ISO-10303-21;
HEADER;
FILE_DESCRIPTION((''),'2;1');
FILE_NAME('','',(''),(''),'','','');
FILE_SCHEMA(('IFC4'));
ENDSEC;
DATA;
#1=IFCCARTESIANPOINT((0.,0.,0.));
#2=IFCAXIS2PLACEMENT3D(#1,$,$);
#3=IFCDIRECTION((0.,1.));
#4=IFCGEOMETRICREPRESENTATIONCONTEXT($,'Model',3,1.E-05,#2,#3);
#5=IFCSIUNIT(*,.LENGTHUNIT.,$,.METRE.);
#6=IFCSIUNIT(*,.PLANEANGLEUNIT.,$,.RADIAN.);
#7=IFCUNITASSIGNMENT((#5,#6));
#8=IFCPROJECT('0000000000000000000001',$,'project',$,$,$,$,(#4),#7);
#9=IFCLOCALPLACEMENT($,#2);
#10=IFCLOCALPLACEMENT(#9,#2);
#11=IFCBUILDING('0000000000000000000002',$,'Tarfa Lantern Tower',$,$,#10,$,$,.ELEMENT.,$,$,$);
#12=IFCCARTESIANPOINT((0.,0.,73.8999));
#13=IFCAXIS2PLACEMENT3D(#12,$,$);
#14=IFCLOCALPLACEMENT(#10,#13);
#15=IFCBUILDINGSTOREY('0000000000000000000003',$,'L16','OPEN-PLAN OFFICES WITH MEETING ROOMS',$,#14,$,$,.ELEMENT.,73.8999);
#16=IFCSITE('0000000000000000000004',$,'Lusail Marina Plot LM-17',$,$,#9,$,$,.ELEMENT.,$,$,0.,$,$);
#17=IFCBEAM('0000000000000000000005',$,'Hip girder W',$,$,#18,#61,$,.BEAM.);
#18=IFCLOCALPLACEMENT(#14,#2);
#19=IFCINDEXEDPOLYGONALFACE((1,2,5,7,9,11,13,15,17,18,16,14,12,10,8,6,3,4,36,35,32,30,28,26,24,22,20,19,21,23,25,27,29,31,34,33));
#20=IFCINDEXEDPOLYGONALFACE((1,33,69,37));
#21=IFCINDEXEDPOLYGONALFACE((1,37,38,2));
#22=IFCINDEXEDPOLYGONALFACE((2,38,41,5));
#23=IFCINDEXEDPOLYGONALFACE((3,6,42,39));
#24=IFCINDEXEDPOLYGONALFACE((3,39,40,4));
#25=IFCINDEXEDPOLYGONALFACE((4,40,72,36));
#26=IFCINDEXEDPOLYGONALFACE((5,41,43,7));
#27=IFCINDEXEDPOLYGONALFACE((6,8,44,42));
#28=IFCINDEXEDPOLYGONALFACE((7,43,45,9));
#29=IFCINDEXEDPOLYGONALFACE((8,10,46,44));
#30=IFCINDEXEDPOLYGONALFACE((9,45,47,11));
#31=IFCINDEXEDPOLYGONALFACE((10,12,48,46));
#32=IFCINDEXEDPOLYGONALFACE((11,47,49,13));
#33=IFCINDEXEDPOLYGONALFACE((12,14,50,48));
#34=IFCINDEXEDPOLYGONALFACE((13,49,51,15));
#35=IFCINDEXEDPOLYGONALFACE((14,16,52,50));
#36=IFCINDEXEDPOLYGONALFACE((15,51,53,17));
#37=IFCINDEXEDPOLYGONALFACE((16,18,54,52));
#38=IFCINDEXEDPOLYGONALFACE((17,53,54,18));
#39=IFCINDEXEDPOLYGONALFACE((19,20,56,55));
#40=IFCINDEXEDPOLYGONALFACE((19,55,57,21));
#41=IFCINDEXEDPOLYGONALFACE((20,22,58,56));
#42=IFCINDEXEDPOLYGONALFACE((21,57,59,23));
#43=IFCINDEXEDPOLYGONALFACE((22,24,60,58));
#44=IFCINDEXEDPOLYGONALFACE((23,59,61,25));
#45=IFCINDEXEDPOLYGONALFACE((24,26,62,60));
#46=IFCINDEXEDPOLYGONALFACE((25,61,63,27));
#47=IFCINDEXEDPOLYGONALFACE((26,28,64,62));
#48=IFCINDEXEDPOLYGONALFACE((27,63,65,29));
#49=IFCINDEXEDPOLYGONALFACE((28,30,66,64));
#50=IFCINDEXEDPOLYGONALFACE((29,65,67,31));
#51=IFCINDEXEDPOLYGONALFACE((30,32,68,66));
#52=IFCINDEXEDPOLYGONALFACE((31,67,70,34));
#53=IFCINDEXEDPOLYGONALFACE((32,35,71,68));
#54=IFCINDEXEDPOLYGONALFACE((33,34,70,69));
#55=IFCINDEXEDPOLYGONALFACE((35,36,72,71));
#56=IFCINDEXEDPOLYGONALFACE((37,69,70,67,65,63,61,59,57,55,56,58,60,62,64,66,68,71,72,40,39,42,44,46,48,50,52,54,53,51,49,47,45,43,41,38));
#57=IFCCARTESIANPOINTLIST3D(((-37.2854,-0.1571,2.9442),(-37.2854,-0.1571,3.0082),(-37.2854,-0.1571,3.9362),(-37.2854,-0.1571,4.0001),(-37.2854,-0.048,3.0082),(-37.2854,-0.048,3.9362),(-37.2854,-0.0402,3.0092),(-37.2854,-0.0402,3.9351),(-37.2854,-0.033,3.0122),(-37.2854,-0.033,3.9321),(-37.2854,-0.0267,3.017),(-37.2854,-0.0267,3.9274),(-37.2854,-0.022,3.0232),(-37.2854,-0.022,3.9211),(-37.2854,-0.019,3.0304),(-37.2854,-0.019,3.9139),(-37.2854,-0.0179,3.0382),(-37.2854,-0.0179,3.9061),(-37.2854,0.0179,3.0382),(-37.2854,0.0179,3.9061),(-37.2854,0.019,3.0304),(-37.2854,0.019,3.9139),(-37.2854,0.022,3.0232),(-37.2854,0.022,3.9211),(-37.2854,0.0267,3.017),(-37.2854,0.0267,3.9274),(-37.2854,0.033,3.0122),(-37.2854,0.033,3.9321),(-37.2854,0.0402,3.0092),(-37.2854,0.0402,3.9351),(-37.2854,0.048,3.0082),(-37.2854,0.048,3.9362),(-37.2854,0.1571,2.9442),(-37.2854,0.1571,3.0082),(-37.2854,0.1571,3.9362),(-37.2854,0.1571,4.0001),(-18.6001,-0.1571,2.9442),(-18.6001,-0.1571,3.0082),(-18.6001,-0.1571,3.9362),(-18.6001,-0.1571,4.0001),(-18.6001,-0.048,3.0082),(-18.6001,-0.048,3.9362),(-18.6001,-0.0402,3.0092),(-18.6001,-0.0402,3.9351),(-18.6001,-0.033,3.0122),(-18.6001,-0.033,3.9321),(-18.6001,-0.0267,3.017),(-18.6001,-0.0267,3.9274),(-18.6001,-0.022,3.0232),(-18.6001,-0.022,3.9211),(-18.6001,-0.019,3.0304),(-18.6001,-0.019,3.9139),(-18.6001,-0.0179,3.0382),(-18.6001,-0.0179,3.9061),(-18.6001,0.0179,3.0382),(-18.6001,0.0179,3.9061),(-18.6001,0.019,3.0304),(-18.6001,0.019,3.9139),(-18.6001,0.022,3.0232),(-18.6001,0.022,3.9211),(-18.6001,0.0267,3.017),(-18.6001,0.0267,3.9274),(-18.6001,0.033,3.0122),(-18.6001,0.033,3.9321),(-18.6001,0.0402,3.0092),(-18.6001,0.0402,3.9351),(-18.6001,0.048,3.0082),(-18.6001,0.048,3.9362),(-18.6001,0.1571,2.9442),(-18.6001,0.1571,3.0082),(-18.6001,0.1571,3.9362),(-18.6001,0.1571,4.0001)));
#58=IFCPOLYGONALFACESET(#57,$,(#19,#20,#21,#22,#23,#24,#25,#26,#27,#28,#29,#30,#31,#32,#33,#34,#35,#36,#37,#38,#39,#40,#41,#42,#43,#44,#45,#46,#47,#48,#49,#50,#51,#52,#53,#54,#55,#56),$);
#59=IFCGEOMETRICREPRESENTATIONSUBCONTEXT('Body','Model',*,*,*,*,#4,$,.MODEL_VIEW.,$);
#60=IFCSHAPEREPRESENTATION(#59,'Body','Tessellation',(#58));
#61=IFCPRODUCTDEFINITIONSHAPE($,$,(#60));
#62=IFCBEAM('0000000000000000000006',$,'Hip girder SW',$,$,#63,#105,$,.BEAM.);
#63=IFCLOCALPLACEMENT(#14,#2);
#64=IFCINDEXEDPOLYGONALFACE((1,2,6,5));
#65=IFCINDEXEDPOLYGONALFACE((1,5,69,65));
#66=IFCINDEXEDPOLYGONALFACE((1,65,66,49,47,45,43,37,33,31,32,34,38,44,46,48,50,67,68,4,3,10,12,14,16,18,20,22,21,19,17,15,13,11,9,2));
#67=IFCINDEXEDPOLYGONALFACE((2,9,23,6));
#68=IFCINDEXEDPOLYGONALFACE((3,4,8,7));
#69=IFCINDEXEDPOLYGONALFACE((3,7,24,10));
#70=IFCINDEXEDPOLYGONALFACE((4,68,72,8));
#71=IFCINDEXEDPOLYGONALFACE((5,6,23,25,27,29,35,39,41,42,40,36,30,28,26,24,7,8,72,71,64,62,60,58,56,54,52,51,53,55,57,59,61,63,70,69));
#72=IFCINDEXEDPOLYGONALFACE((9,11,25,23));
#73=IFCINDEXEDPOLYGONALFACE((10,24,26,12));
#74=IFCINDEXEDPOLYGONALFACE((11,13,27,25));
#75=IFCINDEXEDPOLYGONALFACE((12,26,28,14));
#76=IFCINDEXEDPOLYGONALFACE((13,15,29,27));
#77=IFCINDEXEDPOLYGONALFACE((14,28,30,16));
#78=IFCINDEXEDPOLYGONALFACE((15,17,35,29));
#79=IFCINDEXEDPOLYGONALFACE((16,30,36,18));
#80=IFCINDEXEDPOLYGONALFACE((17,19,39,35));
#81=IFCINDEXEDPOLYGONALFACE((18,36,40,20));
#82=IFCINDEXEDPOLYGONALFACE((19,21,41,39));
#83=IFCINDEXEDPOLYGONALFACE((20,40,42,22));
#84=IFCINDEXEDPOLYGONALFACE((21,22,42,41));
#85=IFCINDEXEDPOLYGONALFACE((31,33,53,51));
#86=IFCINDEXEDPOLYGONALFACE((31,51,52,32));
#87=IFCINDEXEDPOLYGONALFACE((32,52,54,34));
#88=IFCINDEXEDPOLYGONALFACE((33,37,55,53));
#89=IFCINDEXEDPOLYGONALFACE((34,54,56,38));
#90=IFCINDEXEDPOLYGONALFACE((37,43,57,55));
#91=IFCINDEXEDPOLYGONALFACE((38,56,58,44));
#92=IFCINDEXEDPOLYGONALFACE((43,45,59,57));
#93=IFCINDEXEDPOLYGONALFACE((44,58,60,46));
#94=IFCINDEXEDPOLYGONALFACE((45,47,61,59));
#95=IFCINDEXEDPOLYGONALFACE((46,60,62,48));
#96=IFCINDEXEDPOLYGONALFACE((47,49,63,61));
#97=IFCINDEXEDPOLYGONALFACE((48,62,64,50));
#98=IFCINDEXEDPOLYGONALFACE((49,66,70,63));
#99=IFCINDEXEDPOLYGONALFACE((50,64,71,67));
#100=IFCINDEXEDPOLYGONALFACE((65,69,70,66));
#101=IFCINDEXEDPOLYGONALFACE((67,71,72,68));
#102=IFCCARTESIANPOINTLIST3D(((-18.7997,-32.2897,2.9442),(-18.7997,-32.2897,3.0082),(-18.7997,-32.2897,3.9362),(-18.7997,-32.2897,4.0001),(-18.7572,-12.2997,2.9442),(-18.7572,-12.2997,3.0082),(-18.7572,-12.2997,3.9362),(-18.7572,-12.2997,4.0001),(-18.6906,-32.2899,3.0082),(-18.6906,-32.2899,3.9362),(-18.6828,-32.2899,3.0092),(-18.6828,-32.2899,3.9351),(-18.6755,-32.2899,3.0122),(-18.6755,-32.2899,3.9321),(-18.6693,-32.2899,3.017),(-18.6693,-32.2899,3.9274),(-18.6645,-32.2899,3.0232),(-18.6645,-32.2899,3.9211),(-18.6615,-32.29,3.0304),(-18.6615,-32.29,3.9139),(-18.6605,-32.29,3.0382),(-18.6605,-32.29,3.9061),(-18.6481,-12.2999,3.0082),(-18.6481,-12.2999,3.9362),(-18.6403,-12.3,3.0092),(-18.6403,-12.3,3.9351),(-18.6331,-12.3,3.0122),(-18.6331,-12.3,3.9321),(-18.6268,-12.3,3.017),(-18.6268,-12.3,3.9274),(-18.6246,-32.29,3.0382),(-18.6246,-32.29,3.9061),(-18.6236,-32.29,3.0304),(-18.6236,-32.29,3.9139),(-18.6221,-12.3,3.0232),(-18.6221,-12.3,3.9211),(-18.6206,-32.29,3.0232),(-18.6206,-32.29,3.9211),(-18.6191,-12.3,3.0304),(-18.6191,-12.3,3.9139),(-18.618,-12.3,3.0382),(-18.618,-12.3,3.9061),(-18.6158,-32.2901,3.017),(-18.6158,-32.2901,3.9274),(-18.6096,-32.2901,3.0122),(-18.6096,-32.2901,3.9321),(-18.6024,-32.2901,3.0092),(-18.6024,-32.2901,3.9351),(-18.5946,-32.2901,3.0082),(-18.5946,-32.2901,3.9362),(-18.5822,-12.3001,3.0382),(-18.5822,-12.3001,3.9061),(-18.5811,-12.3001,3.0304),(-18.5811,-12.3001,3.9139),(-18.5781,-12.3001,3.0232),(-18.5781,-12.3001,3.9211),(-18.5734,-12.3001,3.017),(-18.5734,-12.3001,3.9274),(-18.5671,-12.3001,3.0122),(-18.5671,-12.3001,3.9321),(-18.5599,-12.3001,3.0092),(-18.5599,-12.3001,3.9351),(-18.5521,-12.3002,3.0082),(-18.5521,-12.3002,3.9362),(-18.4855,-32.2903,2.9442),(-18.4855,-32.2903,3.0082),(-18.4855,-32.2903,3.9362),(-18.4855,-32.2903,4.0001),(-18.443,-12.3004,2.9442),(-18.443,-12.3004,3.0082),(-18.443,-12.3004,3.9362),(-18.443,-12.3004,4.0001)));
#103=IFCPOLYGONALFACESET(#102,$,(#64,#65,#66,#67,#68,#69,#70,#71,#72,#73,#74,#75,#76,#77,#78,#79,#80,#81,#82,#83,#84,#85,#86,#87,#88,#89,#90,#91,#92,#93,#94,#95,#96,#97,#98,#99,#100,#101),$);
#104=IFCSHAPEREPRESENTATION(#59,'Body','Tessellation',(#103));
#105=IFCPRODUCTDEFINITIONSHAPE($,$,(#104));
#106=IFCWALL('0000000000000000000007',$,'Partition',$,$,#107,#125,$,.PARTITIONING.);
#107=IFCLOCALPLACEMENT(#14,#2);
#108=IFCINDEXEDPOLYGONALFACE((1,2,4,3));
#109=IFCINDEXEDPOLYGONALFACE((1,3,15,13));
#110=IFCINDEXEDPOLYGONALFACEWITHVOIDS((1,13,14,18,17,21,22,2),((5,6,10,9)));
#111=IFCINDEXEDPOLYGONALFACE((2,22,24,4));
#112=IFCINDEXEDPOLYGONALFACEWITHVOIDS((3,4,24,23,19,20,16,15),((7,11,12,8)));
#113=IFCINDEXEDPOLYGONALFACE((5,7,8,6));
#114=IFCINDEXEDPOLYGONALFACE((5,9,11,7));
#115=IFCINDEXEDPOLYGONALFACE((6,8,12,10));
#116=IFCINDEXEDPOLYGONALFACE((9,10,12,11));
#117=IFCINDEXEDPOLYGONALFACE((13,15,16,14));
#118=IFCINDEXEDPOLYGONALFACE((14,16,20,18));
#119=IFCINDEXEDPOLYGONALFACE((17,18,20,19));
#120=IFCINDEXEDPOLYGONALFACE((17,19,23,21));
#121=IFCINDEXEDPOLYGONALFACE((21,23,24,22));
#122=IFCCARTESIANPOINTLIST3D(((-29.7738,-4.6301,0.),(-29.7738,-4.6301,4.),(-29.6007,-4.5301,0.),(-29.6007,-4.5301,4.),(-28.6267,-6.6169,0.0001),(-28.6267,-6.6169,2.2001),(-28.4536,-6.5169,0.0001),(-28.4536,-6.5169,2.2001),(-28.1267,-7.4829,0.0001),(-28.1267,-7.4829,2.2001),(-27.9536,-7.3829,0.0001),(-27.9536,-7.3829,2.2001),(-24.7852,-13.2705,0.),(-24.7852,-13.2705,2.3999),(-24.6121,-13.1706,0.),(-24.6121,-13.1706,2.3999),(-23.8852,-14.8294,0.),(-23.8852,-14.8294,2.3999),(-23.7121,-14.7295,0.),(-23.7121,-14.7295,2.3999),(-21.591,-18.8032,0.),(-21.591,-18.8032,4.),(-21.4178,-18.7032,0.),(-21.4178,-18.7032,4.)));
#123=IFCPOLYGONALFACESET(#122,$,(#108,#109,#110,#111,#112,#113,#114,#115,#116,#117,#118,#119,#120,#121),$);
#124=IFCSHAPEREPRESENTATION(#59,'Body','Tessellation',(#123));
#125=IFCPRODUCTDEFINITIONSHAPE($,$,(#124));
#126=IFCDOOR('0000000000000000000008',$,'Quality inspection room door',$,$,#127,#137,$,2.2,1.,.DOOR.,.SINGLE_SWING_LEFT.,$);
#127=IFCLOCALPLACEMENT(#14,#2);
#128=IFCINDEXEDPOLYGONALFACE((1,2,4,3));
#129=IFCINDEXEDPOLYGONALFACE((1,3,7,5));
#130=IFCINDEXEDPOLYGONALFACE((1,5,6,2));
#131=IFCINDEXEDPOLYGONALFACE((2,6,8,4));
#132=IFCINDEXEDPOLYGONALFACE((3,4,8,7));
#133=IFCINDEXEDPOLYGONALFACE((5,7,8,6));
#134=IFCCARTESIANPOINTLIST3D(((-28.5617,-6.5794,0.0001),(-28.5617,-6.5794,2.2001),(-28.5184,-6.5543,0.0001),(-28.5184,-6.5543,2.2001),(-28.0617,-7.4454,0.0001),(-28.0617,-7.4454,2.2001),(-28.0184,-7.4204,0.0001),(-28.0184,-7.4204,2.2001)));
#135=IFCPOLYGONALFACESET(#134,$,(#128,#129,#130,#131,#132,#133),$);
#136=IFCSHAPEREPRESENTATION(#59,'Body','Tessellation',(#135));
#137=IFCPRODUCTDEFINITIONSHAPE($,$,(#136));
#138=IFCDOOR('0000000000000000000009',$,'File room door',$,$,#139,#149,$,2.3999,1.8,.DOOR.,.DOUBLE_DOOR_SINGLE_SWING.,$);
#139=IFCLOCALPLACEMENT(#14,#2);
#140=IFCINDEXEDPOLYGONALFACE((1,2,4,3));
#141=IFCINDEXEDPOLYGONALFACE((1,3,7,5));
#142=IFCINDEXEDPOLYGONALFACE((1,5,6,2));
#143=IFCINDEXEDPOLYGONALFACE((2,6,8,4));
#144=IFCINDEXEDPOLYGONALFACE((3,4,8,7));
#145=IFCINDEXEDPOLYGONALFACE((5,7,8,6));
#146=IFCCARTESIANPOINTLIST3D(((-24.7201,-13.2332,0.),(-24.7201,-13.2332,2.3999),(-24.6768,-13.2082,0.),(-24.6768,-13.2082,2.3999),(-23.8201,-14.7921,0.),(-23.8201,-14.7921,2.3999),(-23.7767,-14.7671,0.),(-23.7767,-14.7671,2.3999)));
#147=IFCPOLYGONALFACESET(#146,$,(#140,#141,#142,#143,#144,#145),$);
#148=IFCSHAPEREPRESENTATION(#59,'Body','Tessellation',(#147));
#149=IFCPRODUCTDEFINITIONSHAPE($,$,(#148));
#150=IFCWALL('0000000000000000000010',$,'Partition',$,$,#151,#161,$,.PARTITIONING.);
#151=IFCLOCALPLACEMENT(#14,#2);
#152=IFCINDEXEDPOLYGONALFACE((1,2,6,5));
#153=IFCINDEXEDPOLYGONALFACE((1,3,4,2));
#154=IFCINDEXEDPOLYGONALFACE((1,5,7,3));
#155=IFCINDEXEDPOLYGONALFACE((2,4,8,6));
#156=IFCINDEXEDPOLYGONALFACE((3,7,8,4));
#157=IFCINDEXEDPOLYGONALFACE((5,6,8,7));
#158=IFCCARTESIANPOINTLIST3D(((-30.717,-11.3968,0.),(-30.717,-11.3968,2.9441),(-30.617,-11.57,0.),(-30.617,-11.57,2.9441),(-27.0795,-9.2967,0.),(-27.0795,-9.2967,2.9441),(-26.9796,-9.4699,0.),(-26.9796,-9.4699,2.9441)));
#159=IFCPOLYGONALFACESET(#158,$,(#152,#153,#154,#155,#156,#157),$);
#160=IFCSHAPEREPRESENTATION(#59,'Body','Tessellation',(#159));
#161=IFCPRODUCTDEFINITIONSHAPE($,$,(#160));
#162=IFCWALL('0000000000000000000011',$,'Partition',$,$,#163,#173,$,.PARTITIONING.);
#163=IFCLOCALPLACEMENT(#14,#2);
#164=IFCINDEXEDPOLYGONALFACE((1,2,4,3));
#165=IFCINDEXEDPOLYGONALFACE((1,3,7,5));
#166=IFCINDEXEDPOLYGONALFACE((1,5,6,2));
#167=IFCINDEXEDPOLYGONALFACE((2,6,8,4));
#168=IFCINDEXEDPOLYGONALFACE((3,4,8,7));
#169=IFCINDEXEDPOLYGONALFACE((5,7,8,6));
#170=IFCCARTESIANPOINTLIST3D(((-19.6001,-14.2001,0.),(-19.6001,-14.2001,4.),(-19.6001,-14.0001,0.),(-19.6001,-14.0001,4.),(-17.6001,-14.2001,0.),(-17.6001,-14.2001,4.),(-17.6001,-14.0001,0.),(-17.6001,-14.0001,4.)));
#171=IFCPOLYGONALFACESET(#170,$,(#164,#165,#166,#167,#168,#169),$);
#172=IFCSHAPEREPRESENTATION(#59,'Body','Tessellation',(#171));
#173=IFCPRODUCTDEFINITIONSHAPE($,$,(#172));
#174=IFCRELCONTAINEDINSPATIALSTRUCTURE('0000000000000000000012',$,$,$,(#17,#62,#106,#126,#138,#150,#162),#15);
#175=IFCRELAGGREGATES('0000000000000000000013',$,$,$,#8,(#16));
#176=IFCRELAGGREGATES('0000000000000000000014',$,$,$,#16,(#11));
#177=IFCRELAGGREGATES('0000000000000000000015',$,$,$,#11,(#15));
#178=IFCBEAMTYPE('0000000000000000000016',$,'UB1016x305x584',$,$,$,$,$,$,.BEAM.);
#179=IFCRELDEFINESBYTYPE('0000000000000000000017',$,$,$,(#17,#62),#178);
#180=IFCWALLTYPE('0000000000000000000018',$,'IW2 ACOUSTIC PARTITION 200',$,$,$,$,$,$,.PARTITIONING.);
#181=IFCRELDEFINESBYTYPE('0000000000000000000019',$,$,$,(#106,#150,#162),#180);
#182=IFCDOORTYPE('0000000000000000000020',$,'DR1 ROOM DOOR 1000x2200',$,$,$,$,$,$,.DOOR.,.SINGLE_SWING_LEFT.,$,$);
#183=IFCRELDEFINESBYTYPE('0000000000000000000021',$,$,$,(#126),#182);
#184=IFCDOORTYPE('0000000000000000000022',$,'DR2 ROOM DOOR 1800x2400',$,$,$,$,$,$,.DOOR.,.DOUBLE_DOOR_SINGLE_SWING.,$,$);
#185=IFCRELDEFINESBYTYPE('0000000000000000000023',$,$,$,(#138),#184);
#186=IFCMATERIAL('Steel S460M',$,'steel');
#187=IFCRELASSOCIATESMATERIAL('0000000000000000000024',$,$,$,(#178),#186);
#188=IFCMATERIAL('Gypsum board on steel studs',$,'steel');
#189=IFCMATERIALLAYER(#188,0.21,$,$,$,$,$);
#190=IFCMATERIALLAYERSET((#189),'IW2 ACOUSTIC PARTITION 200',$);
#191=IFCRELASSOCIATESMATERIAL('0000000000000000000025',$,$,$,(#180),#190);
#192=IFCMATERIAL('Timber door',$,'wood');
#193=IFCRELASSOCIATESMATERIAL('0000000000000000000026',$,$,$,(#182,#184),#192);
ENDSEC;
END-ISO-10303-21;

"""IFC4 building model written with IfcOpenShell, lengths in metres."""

from ifc_helpers import new_model, si_unit, direction, frame, frame_2d, origin, origin_2d, place, context, subcontext, project, spatial, rectangle, i_section, extrude, material, layer, layer_set, material_profile, profile_set, type_object, element, fill, save


model = new_model("IFC4")

# Units and contexts
model_context = context("Model", 3, precision=1e-05, world=origin(), true_north=direction((0.0, 1.0)))
body_context = subcontext(model_context, "Body", "Model", "MODEL_VIEW")
ifc_project = project(units=[si_unit("LENGTHUNIT", "METRE"), si_unit("PLANEANGLEUNIT", "RADIAN")], contexts=[model_context])

# Site, building, storey
site_placement = place(None, origin())
site = spatial("IfcSite", under=ifc_project, at=site_placement, Name="Lusail Marina Plot LM-17", CompositionType="ELEMENT", RefElevation=0.0)
building_placement = place(site_placement, origin())
building = spatial("IfcBuilding", under=site, at=building_placement, Name="Tarfa Lantern Tower", CompositionType="ELEMENT")
storey_placement = place(building_placement, frame((0.0, 0.0, 73.8999)))
storey = spatial("IfcBuildingStorey", under=building, at=storey_placement, Name="L16", Description="OPEN-PLAN OFFICES WITH MEETING ROOMS", CompositionType="ELEMENT", Elevation=73.8999)

# Beams
ifc_material_1 = material(Name="Steel S460M", Category="steel")
ifc_material_profile = material_profile(ifc_material_1, i_section(OverallWidth=0.3142, OverallDepth=1.0559, WebThickness=0.0359, FlangeThickness=0.064, FilletRadius=0.03, at=origin_2d()), Name="UB1016x305x584")
ifc_profile_set = profile_set([ifc_material_profile], Name="Steel S460M")
beam_type = type_object("IfcBeamType", Name="UB1016x305x584", PredefinedType="BEAM", material=ifc_profile_set)
beam_1_placement = place(storey_placement, frame((-18.6001, 0.0, 3.4722), z_axis=(-1.0, 0.0, 0.0), x_axis=(0.0, -1.0, 0.0)))
element("IfcBeam", 1, at=beam_1_placement, inside=storey, type_object=beam_type, Name="Hip girder W", PredefinedType="BEAM", context=body_context, shape_type="SweptSolid", body=[
    extrude(i_section(OverallWidth=0.3142, OverallDepth=1.0559, WebThickness=0.0359, FlangeThickness=0.064, FilletRadius=0.03, at=origin_2d()), origin(), (0.0, 0.0, 1.0), 18.6853),
])
beam_2_placement = place(storey_placement, frame((-18.6001, -12.3, 3.4722), z_axis=(-0.002125, -0.999998, 0.0), x_axis=(0.999998, -0.002125, 0.0)))
element("IfcBeam", 2, at=beam_2_placement, inside=storey, type_object=beam_type, Name="Hip girder SW", PredefinedType="BEAM", context=body_context, shape_type="SweptSolid", body=[
    extrude(i_section(OverallWidth=0.3142, OverallDepth=1.0559, WebThickness=0.0359, FlangeThickness=0.064, FilletRadius=0.03, at=origin_2d()), origin(), (0.0, 0.0, 1.0), 19.99),
])

# Wall, openings, doors
ifc_material_2 = material(Name="Gypsum board on steel studs", Category="steel")
ifc_layer_1 = layer(ifc_material_2, 0.21)
ifc_layer_set_1 = layer_set([ifc_layer_1], Name="IW2 ACOUSTIC PARTITION 200")
wall_type_1 = type_object("IfcWallType", Name="IW2 ACOUSTIC PARTITION 200", PredefinedType="PARTITIONING", material=ifc_layer_set_1)
wall_1_placement = place(storey_placement, frame((-29.6873, -4.5801, 0.0), z_axis=(0.0, 0.0, 1.0), x_axis=(0.500001, -0.866025, 0.0)))
wall_1 = element("IfcWall", 3, at=wall_1_placement, inside=storey, type_object=wall_type_1, Name="Partition", PredefinedType="PARTITIONING", context=body_context, shape_type="SweptSolid", body=[
    extrude(rectangle(XDim=16.3657, YDim=0.2, at=frame_2d((8.1829, 0.0))), origin(), (0.0, 0.0, 1.0), 4.0),
])
opening_1_placement = place(wall_1_placement, frame((2.2942, 0.0, 0.0)))
opening_1 = element("IfcOpeningElement", 4, at=opening_1_placement, cuts=wall_1, PredefinedType="OPENING", context=body_context, shape_type="SweptSolid", body=[
    extrude(rectangle(XDim=1.0, YDim=2.2, at=frame_2d((0.5, 1.1001))), frame((0.0, 0.1099, 0.0), z_axis=(0.0, -1.0, 0.0), x_axis=(1.0, 0.0, 0.0)), (0.0, 0.0, 1.0), 0.22),
])
opening_2_placement = place(wall_1_placement, frame((9.9773, 0.0, 0.0)))
opening_2 = element("IfcOpeningElement", 5, at=opening_2_placement, cuts=wall_1, PredefinedType="OPENING", context=body_context, shape_type="SweptSolid", body=[
    extrude(rectangle(XDim=1.8, YDim=2.3999, at=frame_2d((0.8999, 1.2))), frame((0.0, 0.1099, 0.0), z_axis=(0.0, -1.0, 0.0), x_axis=(1.0, 0.0, 0.0)), (0.0, 0.0, 1.0), 0.22),
])
ifc_material_3 = material(Name="Timber door", Category="wood")
door_type_1 = type_object("IfcDoorType", Name="DR1 ROOM DOOR 1000x2200", OperationType="SINGLE_SWING_LEFT", PredefinedType="DOOR", material=ifc_material_3)
door_1_placement = place(opening_1_placement, frame((1.0, 0.0, 0.0), z_axis=(0.0, 0.0, 1.0), x_axis=(-1.0, 0.0, 0.0)))
door_1 = element("IfcDoor", 6, at=door_1_placement, inside=storey, type_object=door_type_1, Name="Quality inspection room door", OperationType="SINGLE_SWING_LEFT", OverallHeight=2.2, OverallWidth=1.0, PredefinedType="DOOR", context=body_context, shape_type="SweptSolid", body=[
    extrude(rectangle(XDim=1.0, YDim=2.2, at=frame_2d((0.5, 1.1001))), frame((0.0, 0.0249, 0.0), z_axis=(0.0, -1.0, 0.0), x_axis=(1.0, 0.0, 0.0)), (0.0, 0.0, 1.0), 0.05),
])
fill(opening_1, door_1)
door_type_2 = type_object("IfcDoorType", Name="DR2 ROOM DOOR 1800x2400", OperationType="DOUBLE_DOOR_SINGLE_SWING", PredefinedType="DOOR", material=ifc_material_3)
door_2_placement = place(opening_2_placement, frame((1.8, 0.0, 0.0), z_axis=(0.0, 0.0, 1.0), x_axis=(-1.0, 0.0, 0.0)))
door_2 = element("IfcDoor", 7, at=door_2_placement, inside=storey, type_object=door_type_2, Name="File room door", OperationType="DOUBLE_DOOR_SINGLE_SWING", OverallHeight=2.3999, OverallWidth=1.8, PredefinedType="DOOR", context=body_context, shape_type="SweptSolid", body=[
    extrude(rectangle(XDim=1.8, YDim=2.3999, at=frame_2d((0.8999, 1.2))), frame((0.0, 0.0249, 0.0), z_axis=(0.0, -1.0, 0.0), x_axis=(1.0, 0.0, 0.0)), (0.0, 0.0, 1.0), 0.05),
])
fill(opening_2, door_2)

# Walls
wall_2_placement = place(storey_placement, frame((-27.0295, -9.3833, 0.0), z_axis=(0.0, 0.0, 1.0), x_axis=(-0.866024, -0.500003, 0.0)))
element("IfcWall", 8, at=wall_2_placement, inside=storey, type_object=wall_type_1, Name="Partition", PredefinedType="PARTITIONING", context=body_context, shape_type="SweptSolid", body=[
    extrude(rectangle(XDim=4.2002, YDim=0.2, at=frame_2d((2.1001, 0.0))), origin(), (0.0, 0.0, 1.0), 2.9441),
])
wall_3_placement = place(storey_placement, frame((-17.6001, -14.1001, 0.0), z_axis=(0.0, 0.0, 1.0), x_axis=(-1.0, 0.0, 0.0)))
element("IfcWall", 9, at=wall_3_placement, inside=storey, type_object=wall_type_1, Name="Partition", PredefinedType="PARTITIONING", context=body_context, shape_type="SweptSolid", body=[
    extrude(rectangle(XDim=2.0, YDim=0.2, at=frame_2d((1.0, 0.0))), origin(), (0.0, 0.0, 1.0), 4.0),
])

save(model, "model.ifc")
